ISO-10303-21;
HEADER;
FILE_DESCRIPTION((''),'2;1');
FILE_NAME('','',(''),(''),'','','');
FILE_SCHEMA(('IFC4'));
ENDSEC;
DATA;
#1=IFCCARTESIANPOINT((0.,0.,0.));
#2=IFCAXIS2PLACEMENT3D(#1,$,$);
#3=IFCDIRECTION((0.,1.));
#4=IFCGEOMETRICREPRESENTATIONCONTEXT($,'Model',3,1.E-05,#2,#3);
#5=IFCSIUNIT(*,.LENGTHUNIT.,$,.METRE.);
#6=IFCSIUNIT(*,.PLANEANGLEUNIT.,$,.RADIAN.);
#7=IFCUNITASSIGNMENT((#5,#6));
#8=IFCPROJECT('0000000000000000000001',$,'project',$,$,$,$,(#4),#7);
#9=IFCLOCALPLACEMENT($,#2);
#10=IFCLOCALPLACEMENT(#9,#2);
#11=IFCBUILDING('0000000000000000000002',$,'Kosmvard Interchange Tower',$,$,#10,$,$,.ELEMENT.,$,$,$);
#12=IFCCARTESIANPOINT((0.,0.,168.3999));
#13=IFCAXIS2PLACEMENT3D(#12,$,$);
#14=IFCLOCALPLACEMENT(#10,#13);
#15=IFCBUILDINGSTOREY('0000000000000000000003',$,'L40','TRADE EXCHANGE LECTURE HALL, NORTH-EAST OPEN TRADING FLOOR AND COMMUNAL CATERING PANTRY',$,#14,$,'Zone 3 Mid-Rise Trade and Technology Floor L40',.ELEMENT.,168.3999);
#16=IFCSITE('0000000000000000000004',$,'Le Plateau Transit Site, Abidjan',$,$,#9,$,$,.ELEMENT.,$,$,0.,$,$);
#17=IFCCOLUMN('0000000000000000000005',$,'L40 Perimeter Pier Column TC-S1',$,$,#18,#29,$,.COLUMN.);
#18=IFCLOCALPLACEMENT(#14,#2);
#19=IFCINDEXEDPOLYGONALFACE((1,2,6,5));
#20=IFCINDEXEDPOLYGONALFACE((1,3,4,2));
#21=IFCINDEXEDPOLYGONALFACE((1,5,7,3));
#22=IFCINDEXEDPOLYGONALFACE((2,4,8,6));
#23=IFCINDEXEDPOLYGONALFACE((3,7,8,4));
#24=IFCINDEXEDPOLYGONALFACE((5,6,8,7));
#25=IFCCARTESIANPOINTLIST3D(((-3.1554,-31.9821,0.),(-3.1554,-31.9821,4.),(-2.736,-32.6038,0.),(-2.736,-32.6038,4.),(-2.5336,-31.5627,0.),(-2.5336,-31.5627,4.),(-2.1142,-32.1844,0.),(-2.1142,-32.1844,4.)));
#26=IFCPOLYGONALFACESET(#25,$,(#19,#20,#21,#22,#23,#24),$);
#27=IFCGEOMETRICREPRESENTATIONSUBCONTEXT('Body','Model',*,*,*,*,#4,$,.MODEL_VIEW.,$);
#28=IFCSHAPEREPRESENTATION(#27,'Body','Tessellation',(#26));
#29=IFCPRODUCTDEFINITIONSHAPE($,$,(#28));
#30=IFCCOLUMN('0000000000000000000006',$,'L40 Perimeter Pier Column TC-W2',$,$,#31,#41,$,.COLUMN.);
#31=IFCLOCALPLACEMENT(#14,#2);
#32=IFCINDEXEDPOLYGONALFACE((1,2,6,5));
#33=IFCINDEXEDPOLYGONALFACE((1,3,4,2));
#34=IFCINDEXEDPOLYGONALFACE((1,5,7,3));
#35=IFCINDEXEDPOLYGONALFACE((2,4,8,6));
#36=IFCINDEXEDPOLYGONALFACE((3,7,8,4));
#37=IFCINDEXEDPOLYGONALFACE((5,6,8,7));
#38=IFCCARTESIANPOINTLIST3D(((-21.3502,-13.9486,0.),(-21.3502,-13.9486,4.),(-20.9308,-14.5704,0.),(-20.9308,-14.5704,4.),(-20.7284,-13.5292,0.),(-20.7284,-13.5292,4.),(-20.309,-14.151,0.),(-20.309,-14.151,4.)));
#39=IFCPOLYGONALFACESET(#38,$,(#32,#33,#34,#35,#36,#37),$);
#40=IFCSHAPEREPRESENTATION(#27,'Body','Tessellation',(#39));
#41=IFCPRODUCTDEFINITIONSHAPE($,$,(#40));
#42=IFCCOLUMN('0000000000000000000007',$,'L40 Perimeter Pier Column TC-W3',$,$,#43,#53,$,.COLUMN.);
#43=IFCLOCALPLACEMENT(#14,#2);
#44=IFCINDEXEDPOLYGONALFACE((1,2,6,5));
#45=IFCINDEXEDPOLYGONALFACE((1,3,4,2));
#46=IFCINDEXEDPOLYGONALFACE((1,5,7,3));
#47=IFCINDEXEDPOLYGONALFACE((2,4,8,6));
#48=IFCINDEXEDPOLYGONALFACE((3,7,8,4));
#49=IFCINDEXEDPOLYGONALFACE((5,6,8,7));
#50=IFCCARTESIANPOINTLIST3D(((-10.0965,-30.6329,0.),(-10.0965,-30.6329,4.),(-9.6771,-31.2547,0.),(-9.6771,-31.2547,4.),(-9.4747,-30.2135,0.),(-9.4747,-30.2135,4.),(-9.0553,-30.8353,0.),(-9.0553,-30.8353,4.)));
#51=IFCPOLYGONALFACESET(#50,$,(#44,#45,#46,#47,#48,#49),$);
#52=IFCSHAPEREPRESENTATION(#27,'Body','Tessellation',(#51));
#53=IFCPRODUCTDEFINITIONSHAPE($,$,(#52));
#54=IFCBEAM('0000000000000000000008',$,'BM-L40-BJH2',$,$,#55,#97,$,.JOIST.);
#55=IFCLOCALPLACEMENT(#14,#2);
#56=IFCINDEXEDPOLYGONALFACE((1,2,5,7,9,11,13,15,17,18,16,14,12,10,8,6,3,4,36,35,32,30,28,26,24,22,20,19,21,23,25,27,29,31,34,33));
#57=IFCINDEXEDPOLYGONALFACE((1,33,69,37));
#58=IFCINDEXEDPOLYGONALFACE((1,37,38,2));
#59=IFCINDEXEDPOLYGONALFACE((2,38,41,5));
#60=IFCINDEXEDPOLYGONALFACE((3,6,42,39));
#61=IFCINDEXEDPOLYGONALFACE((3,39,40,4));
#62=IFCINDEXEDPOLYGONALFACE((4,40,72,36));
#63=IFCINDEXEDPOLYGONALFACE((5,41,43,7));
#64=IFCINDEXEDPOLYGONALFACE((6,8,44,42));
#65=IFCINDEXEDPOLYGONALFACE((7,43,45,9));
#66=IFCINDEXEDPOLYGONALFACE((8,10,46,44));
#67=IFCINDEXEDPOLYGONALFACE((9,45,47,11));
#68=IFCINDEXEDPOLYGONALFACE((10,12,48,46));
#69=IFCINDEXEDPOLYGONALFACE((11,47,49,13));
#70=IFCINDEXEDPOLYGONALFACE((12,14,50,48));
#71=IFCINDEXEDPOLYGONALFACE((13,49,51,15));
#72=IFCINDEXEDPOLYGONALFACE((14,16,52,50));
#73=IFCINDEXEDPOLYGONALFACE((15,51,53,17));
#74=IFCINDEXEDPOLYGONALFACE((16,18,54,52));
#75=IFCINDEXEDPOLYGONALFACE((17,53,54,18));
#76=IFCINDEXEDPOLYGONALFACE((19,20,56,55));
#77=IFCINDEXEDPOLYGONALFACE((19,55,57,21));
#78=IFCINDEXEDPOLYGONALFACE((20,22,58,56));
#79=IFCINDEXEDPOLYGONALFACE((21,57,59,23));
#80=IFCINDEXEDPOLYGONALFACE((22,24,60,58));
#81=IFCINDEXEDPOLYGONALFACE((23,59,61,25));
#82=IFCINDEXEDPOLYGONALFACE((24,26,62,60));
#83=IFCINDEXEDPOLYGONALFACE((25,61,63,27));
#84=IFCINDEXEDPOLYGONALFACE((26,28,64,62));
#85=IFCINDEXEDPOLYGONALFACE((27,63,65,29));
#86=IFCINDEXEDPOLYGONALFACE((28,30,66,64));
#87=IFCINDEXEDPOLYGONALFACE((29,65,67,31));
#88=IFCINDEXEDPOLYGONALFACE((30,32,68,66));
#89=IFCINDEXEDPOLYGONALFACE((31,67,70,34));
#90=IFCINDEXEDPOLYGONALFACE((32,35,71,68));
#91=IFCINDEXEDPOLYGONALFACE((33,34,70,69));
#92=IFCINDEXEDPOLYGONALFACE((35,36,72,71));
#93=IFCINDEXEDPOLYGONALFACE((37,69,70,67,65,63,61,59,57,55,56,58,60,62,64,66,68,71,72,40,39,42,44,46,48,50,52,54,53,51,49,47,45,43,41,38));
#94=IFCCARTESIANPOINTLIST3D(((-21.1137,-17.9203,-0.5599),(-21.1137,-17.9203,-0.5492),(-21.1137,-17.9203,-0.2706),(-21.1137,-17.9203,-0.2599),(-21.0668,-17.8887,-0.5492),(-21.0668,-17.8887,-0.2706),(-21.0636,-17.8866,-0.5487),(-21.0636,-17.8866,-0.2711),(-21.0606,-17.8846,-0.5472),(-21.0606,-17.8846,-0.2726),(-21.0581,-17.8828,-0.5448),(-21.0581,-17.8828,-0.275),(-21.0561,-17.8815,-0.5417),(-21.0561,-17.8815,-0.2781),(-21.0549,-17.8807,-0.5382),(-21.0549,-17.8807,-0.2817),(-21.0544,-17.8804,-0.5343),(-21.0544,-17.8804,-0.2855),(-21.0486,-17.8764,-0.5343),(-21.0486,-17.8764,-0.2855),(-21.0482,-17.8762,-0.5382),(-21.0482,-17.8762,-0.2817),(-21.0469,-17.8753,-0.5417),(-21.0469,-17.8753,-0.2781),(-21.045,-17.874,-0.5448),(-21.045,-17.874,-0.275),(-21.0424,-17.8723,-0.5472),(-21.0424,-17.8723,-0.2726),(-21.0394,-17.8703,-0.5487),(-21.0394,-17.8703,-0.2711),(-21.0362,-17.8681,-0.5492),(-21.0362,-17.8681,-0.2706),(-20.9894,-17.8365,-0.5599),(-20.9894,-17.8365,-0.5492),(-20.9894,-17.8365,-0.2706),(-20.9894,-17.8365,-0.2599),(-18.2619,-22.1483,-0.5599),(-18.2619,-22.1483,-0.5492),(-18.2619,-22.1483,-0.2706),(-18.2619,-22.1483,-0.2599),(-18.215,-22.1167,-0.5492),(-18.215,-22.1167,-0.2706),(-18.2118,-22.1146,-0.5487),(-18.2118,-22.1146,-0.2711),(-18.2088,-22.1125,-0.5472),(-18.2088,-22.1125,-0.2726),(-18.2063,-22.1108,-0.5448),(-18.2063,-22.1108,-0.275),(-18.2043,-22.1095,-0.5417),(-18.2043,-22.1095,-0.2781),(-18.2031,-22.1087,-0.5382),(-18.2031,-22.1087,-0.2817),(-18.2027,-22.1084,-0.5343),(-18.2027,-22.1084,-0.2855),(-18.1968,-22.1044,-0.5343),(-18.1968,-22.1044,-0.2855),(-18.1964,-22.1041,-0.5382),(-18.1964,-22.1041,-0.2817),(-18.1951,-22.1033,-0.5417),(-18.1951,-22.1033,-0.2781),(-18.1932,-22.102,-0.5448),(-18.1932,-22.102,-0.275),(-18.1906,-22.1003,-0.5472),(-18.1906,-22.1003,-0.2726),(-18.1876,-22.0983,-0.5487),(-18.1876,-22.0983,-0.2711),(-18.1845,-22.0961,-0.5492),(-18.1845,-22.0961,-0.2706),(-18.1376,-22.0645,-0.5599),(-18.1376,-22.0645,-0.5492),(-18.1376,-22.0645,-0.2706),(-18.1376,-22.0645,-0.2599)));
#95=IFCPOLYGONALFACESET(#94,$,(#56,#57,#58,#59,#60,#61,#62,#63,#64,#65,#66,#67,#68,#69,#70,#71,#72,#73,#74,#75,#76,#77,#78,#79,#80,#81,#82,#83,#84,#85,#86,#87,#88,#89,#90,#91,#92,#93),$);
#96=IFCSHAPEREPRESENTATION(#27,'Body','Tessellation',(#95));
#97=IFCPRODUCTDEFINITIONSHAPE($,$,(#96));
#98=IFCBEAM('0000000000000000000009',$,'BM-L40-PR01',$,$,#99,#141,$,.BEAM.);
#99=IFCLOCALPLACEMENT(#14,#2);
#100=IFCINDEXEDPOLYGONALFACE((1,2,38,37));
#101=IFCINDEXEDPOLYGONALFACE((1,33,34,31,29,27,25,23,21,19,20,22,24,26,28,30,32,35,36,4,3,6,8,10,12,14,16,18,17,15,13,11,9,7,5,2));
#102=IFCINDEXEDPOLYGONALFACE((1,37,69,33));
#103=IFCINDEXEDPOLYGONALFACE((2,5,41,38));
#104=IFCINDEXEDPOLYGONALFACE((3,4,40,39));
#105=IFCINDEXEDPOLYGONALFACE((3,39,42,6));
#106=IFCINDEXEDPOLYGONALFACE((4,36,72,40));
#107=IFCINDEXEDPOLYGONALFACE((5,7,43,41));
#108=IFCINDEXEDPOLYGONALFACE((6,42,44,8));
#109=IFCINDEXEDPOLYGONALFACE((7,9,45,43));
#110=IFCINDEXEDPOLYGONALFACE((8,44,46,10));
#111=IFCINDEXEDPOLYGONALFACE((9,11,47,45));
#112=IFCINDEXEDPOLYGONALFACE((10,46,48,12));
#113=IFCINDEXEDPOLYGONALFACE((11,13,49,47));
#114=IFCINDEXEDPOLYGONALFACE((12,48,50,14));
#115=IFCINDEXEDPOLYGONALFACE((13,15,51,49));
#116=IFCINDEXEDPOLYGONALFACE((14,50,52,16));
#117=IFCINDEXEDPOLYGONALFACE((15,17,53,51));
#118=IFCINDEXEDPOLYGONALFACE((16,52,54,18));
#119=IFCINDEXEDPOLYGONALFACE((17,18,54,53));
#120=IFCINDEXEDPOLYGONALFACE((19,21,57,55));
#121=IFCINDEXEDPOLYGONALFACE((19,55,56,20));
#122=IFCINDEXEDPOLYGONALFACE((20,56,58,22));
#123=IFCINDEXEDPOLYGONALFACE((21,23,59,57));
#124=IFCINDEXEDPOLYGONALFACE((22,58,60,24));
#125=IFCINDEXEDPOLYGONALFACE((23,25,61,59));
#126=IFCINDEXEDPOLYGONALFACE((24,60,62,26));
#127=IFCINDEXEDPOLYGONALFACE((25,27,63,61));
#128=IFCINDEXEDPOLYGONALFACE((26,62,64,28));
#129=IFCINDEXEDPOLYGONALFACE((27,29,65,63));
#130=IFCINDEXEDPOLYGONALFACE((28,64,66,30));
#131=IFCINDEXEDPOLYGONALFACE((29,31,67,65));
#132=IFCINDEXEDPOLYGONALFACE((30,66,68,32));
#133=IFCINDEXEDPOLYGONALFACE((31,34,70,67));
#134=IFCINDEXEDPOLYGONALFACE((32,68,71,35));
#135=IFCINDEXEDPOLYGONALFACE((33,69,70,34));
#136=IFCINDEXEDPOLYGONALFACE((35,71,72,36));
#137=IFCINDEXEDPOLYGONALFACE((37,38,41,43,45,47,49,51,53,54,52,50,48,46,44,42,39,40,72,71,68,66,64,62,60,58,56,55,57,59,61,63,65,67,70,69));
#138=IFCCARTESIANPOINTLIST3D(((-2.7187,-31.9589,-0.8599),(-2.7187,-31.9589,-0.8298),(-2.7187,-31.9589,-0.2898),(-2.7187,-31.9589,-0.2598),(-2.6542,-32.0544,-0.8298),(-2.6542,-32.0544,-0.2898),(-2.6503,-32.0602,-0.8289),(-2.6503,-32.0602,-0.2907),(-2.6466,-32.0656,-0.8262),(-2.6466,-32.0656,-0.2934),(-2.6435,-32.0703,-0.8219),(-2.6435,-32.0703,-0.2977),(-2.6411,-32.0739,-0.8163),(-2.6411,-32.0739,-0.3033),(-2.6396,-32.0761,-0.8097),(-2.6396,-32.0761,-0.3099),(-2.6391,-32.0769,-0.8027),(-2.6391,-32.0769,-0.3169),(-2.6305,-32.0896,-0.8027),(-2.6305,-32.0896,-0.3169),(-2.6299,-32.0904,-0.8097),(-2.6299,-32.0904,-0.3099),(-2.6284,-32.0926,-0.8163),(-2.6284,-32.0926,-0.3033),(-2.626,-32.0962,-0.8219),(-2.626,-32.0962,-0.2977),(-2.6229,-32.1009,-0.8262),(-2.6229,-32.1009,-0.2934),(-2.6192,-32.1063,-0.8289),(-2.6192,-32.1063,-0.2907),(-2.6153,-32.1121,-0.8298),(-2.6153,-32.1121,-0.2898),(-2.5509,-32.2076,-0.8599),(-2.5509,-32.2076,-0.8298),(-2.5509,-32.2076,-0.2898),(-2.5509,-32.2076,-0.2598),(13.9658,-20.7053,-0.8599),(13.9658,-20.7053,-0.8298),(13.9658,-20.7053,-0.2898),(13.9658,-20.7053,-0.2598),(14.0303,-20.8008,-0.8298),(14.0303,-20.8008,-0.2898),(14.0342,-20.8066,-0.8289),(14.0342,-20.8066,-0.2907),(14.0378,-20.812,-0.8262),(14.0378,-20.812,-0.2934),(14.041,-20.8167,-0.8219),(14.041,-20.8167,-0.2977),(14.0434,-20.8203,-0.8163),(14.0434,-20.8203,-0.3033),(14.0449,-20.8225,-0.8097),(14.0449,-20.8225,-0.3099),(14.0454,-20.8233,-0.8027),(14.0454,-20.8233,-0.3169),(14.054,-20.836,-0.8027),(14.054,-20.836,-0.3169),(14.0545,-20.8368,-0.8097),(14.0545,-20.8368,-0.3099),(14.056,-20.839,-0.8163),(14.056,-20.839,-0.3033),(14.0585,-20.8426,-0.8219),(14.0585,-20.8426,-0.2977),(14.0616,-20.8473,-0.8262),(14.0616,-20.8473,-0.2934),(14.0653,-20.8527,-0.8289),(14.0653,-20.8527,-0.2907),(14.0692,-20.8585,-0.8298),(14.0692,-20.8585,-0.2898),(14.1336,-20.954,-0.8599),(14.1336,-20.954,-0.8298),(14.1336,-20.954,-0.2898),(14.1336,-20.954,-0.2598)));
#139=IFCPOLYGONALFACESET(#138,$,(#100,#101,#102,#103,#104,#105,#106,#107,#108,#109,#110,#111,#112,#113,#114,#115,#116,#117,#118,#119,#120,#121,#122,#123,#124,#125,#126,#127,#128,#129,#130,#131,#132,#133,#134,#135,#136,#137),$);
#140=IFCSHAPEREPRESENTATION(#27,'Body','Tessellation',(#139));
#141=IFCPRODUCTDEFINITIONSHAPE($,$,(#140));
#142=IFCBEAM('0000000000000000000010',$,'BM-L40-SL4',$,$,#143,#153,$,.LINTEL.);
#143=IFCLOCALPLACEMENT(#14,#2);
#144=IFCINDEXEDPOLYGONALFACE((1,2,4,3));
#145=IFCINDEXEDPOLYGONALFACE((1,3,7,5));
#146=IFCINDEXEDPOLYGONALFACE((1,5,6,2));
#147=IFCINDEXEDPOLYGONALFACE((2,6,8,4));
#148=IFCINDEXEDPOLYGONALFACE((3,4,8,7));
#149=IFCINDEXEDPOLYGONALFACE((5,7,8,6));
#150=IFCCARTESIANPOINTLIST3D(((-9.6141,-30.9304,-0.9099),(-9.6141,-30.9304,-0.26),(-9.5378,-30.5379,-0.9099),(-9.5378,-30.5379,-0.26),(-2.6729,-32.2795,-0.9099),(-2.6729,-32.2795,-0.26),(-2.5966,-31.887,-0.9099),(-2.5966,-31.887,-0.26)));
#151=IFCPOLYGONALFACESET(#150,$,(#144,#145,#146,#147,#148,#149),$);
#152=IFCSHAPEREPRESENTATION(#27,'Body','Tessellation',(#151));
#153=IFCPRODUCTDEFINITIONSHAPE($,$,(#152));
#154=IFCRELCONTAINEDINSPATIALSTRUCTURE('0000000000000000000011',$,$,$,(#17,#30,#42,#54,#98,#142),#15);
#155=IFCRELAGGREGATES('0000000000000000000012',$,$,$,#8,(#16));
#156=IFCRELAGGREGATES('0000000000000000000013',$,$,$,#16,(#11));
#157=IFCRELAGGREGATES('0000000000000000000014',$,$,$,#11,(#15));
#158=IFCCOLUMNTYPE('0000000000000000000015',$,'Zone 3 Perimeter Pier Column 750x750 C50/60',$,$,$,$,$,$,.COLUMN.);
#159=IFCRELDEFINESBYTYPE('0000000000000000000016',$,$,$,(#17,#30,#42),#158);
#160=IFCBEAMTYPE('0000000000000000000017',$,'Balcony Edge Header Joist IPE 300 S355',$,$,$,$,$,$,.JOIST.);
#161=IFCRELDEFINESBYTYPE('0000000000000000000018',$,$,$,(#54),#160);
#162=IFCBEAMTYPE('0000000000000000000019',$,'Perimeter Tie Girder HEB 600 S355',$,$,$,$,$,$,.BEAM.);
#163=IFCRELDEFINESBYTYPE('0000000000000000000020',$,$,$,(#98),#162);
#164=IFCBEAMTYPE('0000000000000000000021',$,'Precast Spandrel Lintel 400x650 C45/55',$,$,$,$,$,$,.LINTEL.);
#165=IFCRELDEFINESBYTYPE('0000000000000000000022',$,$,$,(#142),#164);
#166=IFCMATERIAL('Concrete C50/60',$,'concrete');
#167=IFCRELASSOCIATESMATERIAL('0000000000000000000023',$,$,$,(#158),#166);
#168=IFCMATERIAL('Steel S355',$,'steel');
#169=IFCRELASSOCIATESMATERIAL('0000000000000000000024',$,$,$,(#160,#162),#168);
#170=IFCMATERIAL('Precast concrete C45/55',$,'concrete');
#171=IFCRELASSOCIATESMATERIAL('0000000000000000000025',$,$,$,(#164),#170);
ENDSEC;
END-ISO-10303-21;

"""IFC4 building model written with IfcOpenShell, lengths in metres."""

from ifc_helpers import new_model, si_unit, direction, frame, origin, origin_2d, place, context, subcontext, project, spatial, rectangle, i_section, extrude, source, transform, mapped, material, material_profile, profile_set, type_object, element, save


model = new_model("IFC4")

# Units and contexts
model_context = context("Model", 3, precision=1e-05, world=origin(), true_north=direction((0.0, 1.0)))
body_context = subcontext(model_context, "Body", "Model", "MODEL_VIEW")
ifc_project = project(units=[si_unit("LENGTHUNIT", "METRE"), si_unit("PLANEANGLEUNIT", "RADIAN")], contexts=[model_context])

# Site, building, storey
site_placement = place(None, origin())
site = spatial("IfcSite", under=ifc_project, at=site_placement, Name="Le Plateau Transit Site, Abidjan", CompositionType="ELEMENT", RefElevation=0.0)
building_placement = place(site_placement, origin())
building = spatial("IfcBuilding", under=site, at=building_placement, Name="Kosmvard Interchange Tower", CompositionType="ELEMENT")
storey_placement = place(building_placement, frame((0.0, 0.0, 168.3999)))
storey = spatial("IfcBuildingStorey", under=building, at=storey_placement, Name="L40", Description="TRADE EXCHANGE LECTURE HALL, NORTH-EAST OPEN TRADING FLOOR AND COMMUNAL CATERING PANTRY", LongName="Zone 3 Mid-Rise Trade and Technology Floor L40", CompositionType="ELEMENT", Elevation=168.3999)

# Columns
ifc_material_1 = material(Name="Concrete C50/60", Category="concrete")
ifc_material_profile_1 = material_profile(ifc_material_1, rectangle(XDim=0.75, YDim=0.75, at=origin_2d()), Name="TC 750x750")
ifc_profile_set_1 = profile_set([ifc_material_profile_1], Name="Concrete C50/60")
column_type = type_object("IfcColumnType", Name="Zone 3 Perimeter Pier Column 750x750 C50/60", PredefinedType="COLUMN", material=ifc_profile_set_1)
shared_shape_1 = source(origin(), body_context, "Body", "SweptSolid", [
    extrude(rectangle(XDim=0.75, YDim=0.75, at=origin_2d()), origin(), (0.0, 0.0, 1.0), 4.0),
])
for number, where, z_axis, x_axis, name in (
    (1, (-2.6348, -32.0833, 0.0), (0.0, 0.0, 1.0), (0.829038, 0.559193, 0.0), "L40 Perimeter Pier Column TC-S1"),
    (2, (-20.8296, -14.0498, 0.0), (0.0, 0.0, 1.0), (0.829038, 0.559193, 0.0), "L40 Perimeter Pier Column TC-W2"),
    (3, (-9.5759, -30.7341, 0.0), (0.0, 0.0, 1.0), (0.829038, 0.559193, 0.0), "L40 Perimeter Pier Column TC-W3"),
):
    element("IfcColumn", number, at=place(storey_placement, frame(where, z_axis=z_axis, x_axis=x_axis)), inside=storey, type_object=column_type, Name=name, PredefinedType="COLUMN", context=body_context, shape_type="MappedRepresentation", body=[
        mapped(shared_shape_1, transform((0.0, 0.0, 0.0), scale=1.0)),
    ])

# Beams
ifc_material_2 = material(Name="Steel S355", Category="steel")
ifc_material_profile_2 = material_profile(ifc_material_2, i_section(OverallWidth=0.1499, OverallDepth=0.3, WebThickness=0.0071, FlangeThickness=0.0107, FilletRadius=0.0149, at=origin_2d()), Name="IPE 300")
ifc_profile_set_2 = profile_set([ifc_material_profile_2], Name="Steel S355")
beam_type_1 = type_object("IfcBeamType", Name="Balcony Edge Header Joist IPE 300 S355", PredefinedType="JOIST", material=ifc_profile_set_2)
shared_shape_2 = source(origin(), body_context, "Body", "SweptSolid", [
    extrude(i_section(OverallWidth=0.1499, OverallDepth=0.3, WebThickness=0.0071, FlangeThickness=0.0107, FilletRadius=0.0149, at=origin_2d()), origin(), (0.0, 0.0, 1.0), 5.0999),
])
beam_1_placement = place(storey_placement, frame((-21.0515, -17.8784, -0.4099), z_axis=(0.559188, -0.829041, 0.0), x_axis=(0.829041, 0.559188, 0.0)))
element("IfcBeam", 4, at=beam_1_placement, inside=storey, type_object=beam_type_1, Name="BM-L40-BJH2", PredefinedType="JOIST", context=body_context, shape_type="MappedRepresentation", body=[
    mapped(shared_shape_2, transform((0.0, 0.0, 0.0), scale=1.0)),
])
ifc_material_profile_3 = material_profile(ifc_material_2, i_section(OverallWidth=0.3, OverallDepth=0.6001, WebThickness=0.0154, FlangeThickness=0.03, FilletRadius=0.0271, at=origin_2d()), Name="HEB 600")
ifc_profile_set_3 = profile_set([ifc_material_profile_3], Name="Steel S355")
beam_type_2 = type_object("IfcBeamType", Name="Perimeter Tie Girder HEB 600 S355", PredefinedType="BEAM", material=ifc_profile_set_3)
shared_shape_3 = source(origin(), body_context, "Body", "SweptSolid", [
    extrude(i_section(OverallWidth=0.3, OverallDepth=0.6001, WebThickness=0.0154, FlangeThickness=0.03, FilletRadius=0.0271, at=origin_2d()), origin(), (0.0, 0.0, 1.0), 20.125),
])
beam_2_placement = place(storey_placement, frame((-2.6348, -32.0833, -0.5598), z_axis=(0.829043, 0.559185, 0.0), x_axis=(-0.559185, 0.829043, 0.0)))
element("IfcBeam", 5, at=beam_2_placement, inside=storey, type_object=beam_type_2, Name="BM-L40-PR01", PredefinedType="BEAM", context=body_context, shape_type="MappedRepresentation", body=[
    mapped(shared_shape_3, transform((0.0, 0.0, 0.0), scale=1.0)),
])
ifc_material_3 = material(Name="Precast concrete C45/55", Category="concrete")
ifc_material_profile_4 = material_profile(ifc_material_3, rectangle(XDim=0.3999, YDim=0.6499, at=origin_2d()), Name="SL 400x650")
ifc_profile_set_4 = profile_set([ifc_material_profile_4], Name="Precast concrete C45/55")
beam_type_3 = type_object("IfcBeamType", Name="Precast Spandrel Lintel 400x650 C45/55", PredefinedType="LINTEL", material=ifc_profile_set_4)
shared_shape_4 = source(origin(), body_context, "Body", "SweptSolid", [
    extrude(rectangle(XDim=0.3999, YDim=0.6499, at=origin_2d()), origin(), (0.0, 0.0, 1.0), 7.071),
])
beam_3_placement = place(storey_placement, frame((-9.5759, -30.7341, -0.585), z_axis=(0.98163, -0.190795, 0.0), x_axis=(0.190795, 0.98163, 0.0)))
element("IfcBeam", 6, at=beam_3_placement, inside=storey, type_object=beam_type_3, Name="BM-L40-SL4", PredefinedType="LINTEL", context=body_context, shape_type="MappedRepresentation", body=[
    mapped(shared_shape_4, transform((0.0, 0.0, 0.0), scale=1.0)),
])

save(model, "model.ifc")
